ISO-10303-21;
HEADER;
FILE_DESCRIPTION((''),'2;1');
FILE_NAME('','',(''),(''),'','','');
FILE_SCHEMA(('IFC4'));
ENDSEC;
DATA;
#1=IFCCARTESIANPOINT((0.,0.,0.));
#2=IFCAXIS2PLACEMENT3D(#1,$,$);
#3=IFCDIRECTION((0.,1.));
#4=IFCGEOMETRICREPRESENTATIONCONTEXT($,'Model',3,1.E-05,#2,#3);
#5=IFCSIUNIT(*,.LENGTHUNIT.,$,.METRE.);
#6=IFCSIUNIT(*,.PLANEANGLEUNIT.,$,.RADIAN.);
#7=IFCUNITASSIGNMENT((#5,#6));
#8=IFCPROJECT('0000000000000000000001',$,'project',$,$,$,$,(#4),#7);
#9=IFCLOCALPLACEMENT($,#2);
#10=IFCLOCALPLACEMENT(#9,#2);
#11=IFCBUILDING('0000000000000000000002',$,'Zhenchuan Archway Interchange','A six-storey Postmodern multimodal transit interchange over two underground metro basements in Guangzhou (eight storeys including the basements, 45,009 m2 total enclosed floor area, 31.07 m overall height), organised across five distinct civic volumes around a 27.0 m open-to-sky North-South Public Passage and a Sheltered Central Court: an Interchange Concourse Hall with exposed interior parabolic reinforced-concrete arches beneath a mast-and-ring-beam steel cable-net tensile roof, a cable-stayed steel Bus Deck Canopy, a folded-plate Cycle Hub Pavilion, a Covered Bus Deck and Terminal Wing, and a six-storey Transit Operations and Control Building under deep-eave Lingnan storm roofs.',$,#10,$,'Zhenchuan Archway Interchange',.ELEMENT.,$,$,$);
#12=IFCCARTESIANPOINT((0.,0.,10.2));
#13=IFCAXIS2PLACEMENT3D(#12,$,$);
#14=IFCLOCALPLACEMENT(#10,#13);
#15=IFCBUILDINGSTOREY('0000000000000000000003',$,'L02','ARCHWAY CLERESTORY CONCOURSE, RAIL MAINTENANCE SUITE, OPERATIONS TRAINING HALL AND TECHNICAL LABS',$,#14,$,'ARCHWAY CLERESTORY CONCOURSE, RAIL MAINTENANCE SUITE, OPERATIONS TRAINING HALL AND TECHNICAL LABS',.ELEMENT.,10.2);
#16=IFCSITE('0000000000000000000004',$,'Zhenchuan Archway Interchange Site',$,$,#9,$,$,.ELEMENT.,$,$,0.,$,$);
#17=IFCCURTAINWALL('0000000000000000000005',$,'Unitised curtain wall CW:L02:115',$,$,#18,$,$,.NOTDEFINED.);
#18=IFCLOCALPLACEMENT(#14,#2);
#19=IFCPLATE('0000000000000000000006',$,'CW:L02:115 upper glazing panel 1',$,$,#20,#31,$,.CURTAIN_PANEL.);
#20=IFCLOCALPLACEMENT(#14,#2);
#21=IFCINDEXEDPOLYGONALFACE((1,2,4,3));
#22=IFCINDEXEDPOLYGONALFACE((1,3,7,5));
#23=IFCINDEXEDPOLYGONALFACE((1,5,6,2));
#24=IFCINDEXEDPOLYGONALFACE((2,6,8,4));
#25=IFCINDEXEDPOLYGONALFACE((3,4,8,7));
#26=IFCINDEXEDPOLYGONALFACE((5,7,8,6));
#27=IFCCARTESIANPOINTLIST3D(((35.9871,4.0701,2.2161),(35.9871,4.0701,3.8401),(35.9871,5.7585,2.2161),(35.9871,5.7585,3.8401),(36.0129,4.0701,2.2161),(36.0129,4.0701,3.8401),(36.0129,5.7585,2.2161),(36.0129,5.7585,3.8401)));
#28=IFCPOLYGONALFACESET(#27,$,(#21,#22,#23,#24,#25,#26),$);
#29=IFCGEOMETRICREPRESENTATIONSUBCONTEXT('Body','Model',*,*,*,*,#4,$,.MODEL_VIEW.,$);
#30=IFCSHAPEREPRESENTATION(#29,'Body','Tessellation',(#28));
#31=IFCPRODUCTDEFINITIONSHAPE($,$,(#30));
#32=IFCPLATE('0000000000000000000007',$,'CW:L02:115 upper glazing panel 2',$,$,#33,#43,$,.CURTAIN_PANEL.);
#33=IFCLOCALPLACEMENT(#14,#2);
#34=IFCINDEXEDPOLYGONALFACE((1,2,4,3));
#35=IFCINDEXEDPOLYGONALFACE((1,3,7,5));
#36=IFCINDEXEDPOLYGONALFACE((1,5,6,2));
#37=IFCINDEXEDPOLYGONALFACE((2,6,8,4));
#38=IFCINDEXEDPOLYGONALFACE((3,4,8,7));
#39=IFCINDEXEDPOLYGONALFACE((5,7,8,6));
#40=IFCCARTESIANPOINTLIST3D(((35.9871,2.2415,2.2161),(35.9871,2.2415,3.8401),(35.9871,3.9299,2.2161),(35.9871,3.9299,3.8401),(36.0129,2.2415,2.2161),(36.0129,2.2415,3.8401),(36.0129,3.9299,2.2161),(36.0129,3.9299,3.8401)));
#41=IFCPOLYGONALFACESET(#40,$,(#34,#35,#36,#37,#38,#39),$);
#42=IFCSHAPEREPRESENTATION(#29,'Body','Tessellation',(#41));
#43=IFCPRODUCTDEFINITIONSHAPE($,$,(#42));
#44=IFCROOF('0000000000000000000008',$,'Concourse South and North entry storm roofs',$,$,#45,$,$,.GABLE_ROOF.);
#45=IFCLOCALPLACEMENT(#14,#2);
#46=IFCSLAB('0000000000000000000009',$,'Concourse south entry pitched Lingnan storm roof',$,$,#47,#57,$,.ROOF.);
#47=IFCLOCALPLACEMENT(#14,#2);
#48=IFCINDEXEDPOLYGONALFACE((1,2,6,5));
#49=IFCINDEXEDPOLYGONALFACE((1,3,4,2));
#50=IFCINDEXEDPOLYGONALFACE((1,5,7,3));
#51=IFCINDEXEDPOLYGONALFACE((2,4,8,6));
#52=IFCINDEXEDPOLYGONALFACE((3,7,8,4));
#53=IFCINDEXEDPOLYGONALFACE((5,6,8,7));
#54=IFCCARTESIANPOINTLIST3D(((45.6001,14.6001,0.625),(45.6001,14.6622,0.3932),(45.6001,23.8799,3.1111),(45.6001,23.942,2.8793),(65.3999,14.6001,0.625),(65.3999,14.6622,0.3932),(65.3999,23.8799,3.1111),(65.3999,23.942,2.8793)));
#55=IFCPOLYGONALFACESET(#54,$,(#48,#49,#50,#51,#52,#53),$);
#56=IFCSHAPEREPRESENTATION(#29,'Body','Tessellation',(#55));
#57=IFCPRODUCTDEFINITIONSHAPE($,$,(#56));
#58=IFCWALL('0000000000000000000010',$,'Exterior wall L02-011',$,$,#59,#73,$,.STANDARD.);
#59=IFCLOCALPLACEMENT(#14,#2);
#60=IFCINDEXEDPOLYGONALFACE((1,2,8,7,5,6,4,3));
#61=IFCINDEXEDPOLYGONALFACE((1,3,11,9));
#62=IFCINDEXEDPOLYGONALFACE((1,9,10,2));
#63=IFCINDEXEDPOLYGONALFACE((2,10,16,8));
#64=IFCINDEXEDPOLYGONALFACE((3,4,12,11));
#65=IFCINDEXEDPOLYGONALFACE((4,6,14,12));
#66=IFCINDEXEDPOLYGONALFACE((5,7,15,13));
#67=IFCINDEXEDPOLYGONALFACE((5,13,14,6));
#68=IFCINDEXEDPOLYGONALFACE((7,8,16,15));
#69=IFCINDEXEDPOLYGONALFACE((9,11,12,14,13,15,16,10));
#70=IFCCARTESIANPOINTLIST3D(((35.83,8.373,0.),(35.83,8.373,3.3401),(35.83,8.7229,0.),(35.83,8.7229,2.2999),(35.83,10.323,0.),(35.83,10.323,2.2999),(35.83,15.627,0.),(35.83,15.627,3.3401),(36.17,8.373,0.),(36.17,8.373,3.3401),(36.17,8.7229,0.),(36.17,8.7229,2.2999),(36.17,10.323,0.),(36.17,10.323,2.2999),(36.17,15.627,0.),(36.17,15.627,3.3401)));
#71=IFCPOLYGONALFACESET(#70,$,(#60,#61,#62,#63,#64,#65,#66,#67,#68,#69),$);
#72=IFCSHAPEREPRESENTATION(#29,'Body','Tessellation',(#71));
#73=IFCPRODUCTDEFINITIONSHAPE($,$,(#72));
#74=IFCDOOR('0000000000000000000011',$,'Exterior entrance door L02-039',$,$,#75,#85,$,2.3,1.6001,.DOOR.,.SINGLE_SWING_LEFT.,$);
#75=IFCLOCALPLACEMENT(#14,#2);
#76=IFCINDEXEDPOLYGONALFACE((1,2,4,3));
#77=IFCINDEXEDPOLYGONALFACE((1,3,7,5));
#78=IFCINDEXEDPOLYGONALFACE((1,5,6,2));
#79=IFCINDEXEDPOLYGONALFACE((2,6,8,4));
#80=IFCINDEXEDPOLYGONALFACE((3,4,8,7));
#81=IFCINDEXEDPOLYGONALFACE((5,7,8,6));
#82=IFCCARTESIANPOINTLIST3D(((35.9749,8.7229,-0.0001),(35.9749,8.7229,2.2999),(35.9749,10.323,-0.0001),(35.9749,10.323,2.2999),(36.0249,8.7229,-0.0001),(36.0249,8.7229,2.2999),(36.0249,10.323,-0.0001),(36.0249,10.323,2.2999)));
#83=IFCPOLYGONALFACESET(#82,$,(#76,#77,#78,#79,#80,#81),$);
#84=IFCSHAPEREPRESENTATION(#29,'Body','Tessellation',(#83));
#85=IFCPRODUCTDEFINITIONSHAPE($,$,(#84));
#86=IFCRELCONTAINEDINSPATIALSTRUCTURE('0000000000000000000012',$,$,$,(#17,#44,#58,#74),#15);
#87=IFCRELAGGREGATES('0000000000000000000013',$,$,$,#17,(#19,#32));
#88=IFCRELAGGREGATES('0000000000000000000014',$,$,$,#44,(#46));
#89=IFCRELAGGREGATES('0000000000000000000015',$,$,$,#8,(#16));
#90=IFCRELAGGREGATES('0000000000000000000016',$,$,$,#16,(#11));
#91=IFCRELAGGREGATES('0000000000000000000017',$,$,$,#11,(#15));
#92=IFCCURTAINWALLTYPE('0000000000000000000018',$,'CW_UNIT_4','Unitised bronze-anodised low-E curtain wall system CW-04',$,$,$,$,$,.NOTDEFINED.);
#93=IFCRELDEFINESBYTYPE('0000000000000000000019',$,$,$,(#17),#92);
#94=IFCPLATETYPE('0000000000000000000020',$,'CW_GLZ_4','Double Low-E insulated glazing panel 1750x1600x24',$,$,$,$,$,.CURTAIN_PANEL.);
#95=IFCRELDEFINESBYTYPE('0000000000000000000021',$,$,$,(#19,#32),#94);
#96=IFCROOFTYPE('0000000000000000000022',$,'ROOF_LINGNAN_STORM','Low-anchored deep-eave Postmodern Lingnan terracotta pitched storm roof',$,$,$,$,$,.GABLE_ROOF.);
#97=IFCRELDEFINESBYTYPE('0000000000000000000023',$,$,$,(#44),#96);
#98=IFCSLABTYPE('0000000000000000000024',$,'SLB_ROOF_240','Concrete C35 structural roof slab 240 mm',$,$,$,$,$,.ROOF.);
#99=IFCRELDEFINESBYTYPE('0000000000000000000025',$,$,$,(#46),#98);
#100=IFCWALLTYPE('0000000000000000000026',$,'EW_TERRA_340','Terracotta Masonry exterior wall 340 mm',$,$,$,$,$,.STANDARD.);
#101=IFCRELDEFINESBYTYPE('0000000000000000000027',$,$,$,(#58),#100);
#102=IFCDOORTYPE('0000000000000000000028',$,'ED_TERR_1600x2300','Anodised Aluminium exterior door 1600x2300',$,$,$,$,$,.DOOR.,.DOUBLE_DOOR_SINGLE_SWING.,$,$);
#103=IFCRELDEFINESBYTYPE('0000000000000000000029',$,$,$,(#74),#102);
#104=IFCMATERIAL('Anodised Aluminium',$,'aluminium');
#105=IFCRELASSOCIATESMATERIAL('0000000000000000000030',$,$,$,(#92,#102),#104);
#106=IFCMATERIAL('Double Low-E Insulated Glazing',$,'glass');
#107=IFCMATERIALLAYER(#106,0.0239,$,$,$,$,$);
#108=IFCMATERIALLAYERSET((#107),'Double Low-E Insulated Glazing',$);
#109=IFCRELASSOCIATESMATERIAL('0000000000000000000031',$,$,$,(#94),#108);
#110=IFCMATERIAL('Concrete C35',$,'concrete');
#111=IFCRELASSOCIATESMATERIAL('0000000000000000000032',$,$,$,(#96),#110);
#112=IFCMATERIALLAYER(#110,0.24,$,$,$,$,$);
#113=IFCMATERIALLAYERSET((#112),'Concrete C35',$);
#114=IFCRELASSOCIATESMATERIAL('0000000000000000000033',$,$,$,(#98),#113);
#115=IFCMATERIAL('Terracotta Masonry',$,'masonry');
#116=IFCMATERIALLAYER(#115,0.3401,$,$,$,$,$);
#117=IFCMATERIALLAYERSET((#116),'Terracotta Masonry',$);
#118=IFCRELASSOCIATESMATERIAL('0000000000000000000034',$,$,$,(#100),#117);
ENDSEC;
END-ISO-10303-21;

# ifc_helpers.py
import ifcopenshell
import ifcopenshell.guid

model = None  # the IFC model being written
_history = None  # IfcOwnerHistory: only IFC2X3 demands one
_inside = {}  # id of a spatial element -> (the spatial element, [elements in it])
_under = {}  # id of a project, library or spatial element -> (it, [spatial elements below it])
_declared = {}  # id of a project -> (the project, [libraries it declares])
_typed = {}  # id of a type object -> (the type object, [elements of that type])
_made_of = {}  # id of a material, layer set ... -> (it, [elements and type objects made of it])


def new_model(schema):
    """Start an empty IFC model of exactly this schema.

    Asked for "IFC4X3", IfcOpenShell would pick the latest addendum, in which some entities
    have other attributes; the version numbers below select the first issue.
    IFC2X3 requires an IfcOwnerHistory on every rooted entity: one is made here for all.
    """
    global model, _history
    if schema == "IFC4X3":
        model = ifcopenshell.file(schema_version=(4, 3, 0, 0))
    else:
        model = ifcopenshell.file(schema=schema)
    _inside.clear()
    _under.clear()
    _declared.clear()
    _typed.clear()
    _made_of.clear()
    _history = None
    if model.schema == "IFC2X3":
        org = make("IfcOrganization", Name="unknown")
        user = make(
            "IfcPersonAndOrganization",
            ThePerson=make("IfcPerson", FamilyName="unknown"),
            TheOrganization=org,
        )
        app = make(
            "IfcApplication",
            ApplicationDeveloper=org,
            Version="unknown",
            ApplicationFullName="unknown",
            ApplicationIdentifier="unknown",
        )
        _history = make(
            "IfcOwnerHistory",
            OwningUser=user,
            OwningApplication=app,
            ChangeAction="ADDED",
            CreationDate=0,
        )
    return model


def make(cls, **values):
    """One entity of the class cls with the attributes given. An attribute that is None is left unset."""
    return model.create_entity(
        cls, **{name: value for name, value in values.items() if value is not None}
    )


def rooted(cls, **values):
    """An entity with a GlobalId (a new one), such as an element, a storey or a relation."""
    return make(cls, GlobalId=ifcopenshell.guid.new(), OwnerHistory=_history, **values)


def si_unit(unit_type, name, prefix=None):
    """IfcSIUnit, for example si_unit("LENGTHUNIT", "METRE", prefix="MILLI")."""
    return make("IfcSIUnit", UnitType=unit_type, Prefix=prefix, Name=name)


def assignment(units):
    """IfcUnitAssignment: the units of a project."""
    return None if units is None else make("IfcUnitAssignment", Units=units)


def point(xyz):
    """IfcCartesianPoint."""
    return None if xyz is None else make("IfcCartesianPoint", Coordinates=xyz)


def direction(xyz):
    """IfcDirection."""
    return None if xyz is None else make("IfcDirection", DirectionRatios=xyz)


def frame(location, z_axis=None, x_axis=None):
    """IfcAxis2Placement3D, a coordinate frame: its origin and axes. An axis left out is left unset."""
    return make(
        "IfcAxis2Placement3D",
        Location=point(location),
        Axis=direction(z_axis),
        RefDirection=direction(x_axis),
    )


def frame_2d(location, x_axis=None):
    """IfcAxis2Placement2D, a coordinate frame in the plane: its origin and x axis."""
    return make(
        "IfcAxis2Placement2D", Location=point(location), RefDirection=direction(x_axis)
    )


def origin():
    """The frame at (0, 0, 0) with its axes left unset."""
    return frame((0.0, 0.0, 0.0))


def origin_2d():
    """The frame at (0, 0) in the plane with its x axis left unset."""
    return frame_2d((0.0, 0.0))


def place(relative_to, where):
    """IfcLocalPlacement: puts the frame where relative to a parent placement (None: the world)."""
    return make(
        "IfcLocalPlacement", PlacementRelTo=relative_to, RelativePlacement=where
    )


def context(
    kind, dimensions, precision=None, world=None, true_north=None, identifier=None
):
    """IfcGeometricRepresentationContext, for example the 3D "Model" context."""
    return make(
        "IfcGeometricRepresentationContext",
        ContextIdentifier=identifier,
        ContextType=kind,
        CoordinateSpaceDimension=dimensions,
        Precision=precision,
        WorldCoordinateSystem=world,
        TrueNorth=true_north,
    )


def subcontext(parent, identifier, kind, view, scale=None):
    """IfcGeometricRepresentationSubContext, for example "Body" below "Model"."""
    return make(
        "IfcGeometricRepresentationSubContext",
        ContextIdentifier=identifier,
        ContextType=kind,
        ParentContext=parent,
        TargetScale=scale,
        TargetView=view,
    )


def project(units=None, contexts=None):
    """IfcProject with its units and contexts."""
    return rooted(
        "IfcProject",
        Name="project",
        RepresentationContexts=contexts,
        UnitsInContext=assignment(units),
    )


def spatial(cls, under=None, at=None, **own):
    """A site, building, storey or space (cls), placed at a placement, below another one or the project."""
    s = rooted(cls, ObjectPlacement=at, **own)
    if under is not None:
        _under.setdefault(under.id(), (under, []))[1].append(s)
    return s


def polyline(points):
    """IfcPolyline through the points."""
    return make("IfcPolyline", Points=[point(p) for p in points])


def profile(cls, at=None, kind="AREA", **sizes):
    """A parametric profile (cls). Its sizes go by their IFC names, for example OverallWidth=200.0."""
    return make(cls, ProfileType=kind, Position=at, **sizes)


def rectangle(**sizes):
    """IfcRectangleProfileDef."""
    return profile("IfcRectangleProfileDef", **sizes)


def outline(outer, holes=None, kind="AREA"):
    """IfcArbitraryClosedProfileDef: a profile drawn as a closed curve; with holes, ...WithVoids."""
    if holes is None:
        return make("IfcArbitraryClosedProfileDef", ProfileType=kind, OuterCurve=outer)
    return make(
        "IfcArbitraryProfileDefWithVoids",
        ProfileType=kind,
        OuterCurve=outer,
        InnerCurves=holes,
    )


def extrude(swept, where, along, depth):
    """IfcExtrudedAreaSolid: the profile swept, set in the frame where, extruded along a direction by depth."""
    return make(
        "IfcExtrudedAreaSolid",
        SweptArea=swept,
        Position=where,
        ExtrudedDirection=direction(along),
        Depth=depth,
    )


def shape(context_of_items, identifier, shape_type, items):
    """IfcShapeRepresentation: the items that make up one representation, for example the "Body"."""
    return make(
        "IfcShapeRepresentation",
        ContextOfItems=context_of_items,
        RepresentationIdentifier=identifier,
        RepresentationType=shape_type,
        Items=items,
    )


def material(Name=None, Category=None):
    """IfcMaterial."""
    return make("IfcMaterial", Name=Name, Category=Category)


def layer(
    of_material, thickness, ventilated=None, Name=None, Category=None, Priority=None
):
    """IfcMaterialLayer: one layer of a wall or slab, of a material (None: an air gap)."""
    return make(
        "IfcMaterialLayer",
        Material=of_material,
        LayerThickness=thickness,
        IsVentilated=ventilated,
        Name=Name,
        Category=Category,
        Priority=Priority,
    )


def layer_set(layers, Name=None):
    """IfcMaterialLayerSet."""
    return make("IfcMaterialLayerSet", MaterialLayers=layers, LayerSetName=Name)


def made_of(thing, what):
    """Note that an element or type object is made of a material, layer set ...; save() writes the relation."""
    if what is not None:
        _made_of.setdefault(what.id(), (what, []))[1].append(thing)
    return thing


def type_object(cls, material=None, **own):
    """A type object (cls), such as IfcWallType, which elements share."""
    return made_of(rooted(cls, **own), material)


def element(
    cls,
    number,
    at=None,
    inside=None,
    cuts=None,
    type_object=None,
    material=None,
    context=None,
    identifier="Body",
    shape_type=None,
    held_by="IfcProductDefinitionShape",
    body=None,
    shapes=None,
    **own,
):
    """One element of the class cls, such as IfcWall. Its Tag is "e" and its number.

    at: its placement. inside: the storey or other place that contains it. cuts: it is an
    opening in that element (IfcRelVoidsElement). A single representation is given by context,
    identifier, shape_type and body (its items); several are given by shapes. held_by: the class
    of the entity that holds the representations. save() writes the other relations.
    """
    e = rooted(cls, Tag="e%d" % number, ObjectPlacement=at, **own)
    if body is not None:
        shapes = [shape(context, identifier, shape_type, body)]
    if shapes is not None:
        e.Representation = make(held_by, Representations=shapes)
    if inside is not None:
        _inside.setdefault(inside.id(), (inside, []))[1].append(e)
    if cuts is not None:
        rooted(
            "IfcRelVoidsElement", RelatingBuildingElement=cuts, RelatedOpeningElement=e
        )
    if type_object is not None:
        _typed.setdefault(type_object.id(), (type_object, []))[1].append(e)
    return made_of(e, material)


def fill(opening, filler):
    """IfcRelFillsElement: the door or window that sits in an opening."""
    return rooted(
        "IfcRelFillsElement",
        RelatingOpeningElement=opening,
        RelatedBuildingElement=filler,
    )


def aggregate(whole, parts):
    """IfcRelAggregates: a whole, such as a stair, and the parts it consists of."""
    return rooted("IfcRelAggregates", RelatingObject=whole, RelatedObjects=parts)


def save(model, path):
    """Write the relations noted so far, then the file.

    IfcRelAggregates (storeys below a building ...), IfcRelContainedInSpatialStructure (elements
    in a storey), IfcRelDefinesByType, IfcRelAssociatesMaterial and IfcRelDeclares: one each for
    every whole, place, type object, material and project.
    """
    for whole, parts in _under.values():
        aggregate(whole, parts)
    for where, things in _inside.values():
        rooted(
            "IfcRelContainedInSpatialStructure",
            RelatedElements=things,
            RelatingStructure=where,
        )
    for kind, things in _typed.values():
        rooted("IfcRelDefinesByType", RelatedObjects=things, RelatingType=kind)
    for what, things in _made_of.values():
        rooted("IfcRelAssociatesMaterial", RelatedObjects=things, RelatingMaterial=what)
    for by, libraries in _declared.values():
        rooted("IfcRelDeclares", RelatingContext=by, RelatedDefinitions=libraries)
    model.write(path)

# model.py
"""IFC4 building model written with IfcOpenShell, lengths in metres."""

from ifc_helpers import new_model, si_unit, direction, frame, frame_2d, origin, origin_2d, place, context, subcontext, project, spatial, polyline, rectangle, outline, extrude, material, layer, layer_set, type_object, element, fill, aggregate, save


model = new_model("IFC4")

# Units and contexts
model_context = context("Model", 3, precision=1e-05, world=origin(), true_north=direction((0.0, 1.0)))
body_context = subcontext(model_context, "Body", "Model", "MODEL_VIEW")
ifc_project = project(units=[si_unit("LENGTHUNIT", "METRE"), si_unit("PLANEANGLEUNIT", "RADIAN")], contexts=[model_context])

# Site, building, storey
site_placement = place(None, origin())
site = spatial("IfcSite", under=ifc_project, at=site_placement, Name="Zhenchuan Archway Interchange Site", CompositionType="ELEMENT", RefElevation=0.0)
building_placement = place(site_placement, origin())
building = spatial("IfcBuilding", under=site, at=building_placement, Name="Zhenchuan Archway Interchange", Description="A six-storey Postmodern multimodal transit interchange over two underground metro basements in Guangzhou (eight storeys including the basements, 45,009 m2 total enclosed floor area, 31.07 m overall height), organised across five distinct civic volumes around a 27.0 m open-to-sky North-South Public Passage and a Sheltered Central Court: an Interchange Concourse Hall with exposed interior parabolic reinforced-concrete arches beneath a mast-and-ring-beam steel cable-net tensile roof, a cable-stayed steel Bus Deck Canopy, a folded-plate Cycle Hub Pavilion, a Covered Bus Deck and Terminal Wing, and a six-storey Transit Operations and Control Building under deep-eave Lingnan storm roofs.", LongName="Zhenchuan Archway Interchange", CompositionType="ELEMENT")
storey_placement = place(building_placement, frame((0.0, 0.0, 10.2)))
storey = spatial("IfcBuildingStorey", under=building, at=storey_placement, Name="L02", Description="ARCHWAY CLERESTORY CONCOURSE, RAIL MAINTENANCE SUITE, OPERATIONS TRAINING HALL AND TECHNICAL LABS", LongName="ARCHWAY CLERESTORY CONCOURSE, RAIL MAINTENANCE SUITE, OPERATIONS TRAINING HALL AND TECHNICAL LABS", CompositionType="ELEMENT", Elevation=10.2)

# Curtain wall
ifc_material_1 = material(Name="Anodised Aluminium", Category="aluminium")
curtain_wall_type = type_object("IfcCurtainWallType", Name="CW_UNIT_4", Description="Unitised bronze-anodised low-E curtain wall system CW-04", PredefinedType="NOTDEFINED", material=ifc_material_1)
curtain_wall_placement = place(storey_placement, origin())
curtain_wall = element("IfcCurtainWall", 1, at=curtain_wall_placement, inside=storey, type_object=curtain_wall_type, Name="Unitised curtain wall CW:L02:115", PredefinedType="NOTDEFINED")

# Plates
ifc_material_2 = material(Name="Double Low-E Insulated Glazing", Category="glass")
ifc_layer_1 = layer(ifc_material_2, 0.0239)
ifc_layer_set_1 = layer_set([ifc_layer_1], Name="Double Low-E Insulated Glazing")
plate_type_1 = type_object("IfcPlateType", Name="CW_GLZ_4", Description="Double Low-E insulated glazing panel 1750x1600x24", PredefinedType="CURTAIN_PANEL", material=ifc_layer_set_1)
plate_1_placement = place(storey_placement, frame((36.0, 4.9143, 2.2161), z_axis=(0.0, 0.0, 1.0), x_axis=(0.0, -1.0, 0.0)))
plate_1 = element("IfcPlate", 2, at=plate_1_placement, type_object=plate_type_1, Name="CW:L02:115 upper glazing panel 1", PredefinedType="CURTAIN_PANEL", context=body_context, shape_type="SweptSolid", body=[
    extrude(rectangle(XDim=1.6885, YDim=0.0259, at=origin_2d()), origin(), (0.0, 0.0, 1.0), 1.624),
])
plate_2_placement = place(storey_placement, frame((36.0, 3.0857, 2.2161), z_axis=(0.0, 0.0, 1.0), x_axis=(0.0, -1.0, 0.0)))
plate_2 = element("IfcPlate", 3, at=plate_2_placement, type_object=plate_type_1, Name="CW:L02:115 upper glazing panel 2", PredefinedType="CURTAIN_PANEL", context=body_context, shape_type="SweptSolid", body=[
    extrude(rectangle(XDim=1.6885, YDim=0.0259, at=origin_2d()), origin(), (0.0, 0.0, 1.0), 1.624),
])
aggregate(curtain_wall, [plate_1, plate_2])

# Roof, slab
ifc_material_3 = material(Name="Concrete C35", Category="concrete")
roof_type = type_object("IfcRoofType", Name="ROOF_LINGNAN_STORM", Description="Low-anchored deep-eave Postmodern Lingnan terracotta pitched storm roof", PredefinedType="GABLE_ROOF", material=ifc_material_3)
roof_placement = place(storey_placement, origin())
roof = element("IfcRoof", 4, at=roof_placement, inside=storey, type_object=roof_type, Name="Concourse South and North entry storm roofs", PredefinedType="GABLE_ROOF")
ifc_layer_2 = layer(ifc_material_3, 0.24)
ifc_layer_set_2 = layer_set([ifc_layer_2], Name="Concrete C35")
slab_type = type_object("IfcSlabType", Name="SLB_ROOF_240", Description="Concrete C35 structural roof slab 240 mm", PredefinedType="ROOF", material=ifc_layer_set_2)
slab_placement = place(storey_placement, frame((45.6001, 14.6001, 0.625), z_axis=(0.0, -0.258778, 0.965937), x_axis=(1.0, 0.0, 0.0)))
slab = element("IfcSlab", 5, at=slab_placement, type_object=slab_type, Name="Concourse south entry pitched Lingnan storm roof", PredefinedType="ROOF", context=body_context, shape_type="SweptSolid", body=[
    extrude(outline(polyline([(0.0, 0.0), (19.7998, 0.0), (19.7998, 9.607), (0.0, 9.607), (0.0, 0.0)])), origin(), (0.0, 0.0, -1.0), 0.24),
])
aggregate(roof, [slab])

# Wall, opening, door
ifc_material_4 = material(Name="Terracotta Masonry", Category="masonry")
ifc_layer_3 = layer(ifc_material_4, 0.3401)
ifc_layer_set_3 = layer_set([ifc_layer_3], Name="Terracotta Masonry")
wall_type = type_object("IfcWallType", Name="EW_TERRA_340", Description="Terracotta Masonry exterior wall 340 mm", PredefinedType="STANDARD", material=ifc_layer_set_3)
wall_placement = place(storey_placement, frame((36.0, 15.627, 0.0), z_axis=(0.0, 0.0, 1.0), x_axis=(0.0, -1.0, 0.0)))
wall = element("IfcWall", 6, at=wall_placement, inside=storey, type_object=wall_type, Name="Exterior wall L02-011", PredefinedType="STANDARD", context=body_context, shape_type="SweptSolid", body=[
    extrude(rectangle(XDim=7.2539, YDim=0.3401, at=frame_2d((3.627, 0.0))), origin(), (0.0, 0.0, 1.0), 3.3401),
])
opening_placement = place(wall_placement, frame((5.304, 0.0, 0.0)))
opening = element("IfcOpeningElement", 7, at=opening_placement, cuts=wall, PredefinedType="OPENING", context=body_context, shape_type="SweptSolid", body=[
    extrude(rectangle(XDim=1.6001, YDim=2.3, at=frame_2d((0.8, 1.1499))), frame((0.0, 0.1821, 0.0), z_axis=(0.0, -1.0, 0.0), x_axis=(1.0, 0.0, 0.0)), (0.0, 0.0, 1.0), 0.364),
])
door_type = type_object("IfcDoorType", Name="ED_TERR_1600x2300", Description="Anodised Aluminium exterior door 1600x2300", OperationType="DOUBLE_DOOR_SINGLE_SWING", PredefinedType="DOOR", material=ifc_material_1)
door_placement = place(opening_placement, origin())
door = element("IfcDoor", 8, at=door_placement, inside=storey, type_object=door_type, Name="Exterior entrance door L02-039", OperationType="SINGLE_SWING_LEFT", OverallHeight=2.3, OverallWidth=1.6001, PredefinedType="DOOR", context=body_context, shape_type="SweptSolid", body=[
    extrude(rectangle(XDim=1.6001, YDim=2.3, at=frame_2d((0.8, 1.1499))), frame((0.0, 0.0249, 0.0), z_axis=(0.0, -1.0, 0.0), x_axis=(1.0, 0.0, 0.0)), (0.0, 0.0, 1.0), 0.05),
])
fill(opening, door)

save(model, "model.ifc")
